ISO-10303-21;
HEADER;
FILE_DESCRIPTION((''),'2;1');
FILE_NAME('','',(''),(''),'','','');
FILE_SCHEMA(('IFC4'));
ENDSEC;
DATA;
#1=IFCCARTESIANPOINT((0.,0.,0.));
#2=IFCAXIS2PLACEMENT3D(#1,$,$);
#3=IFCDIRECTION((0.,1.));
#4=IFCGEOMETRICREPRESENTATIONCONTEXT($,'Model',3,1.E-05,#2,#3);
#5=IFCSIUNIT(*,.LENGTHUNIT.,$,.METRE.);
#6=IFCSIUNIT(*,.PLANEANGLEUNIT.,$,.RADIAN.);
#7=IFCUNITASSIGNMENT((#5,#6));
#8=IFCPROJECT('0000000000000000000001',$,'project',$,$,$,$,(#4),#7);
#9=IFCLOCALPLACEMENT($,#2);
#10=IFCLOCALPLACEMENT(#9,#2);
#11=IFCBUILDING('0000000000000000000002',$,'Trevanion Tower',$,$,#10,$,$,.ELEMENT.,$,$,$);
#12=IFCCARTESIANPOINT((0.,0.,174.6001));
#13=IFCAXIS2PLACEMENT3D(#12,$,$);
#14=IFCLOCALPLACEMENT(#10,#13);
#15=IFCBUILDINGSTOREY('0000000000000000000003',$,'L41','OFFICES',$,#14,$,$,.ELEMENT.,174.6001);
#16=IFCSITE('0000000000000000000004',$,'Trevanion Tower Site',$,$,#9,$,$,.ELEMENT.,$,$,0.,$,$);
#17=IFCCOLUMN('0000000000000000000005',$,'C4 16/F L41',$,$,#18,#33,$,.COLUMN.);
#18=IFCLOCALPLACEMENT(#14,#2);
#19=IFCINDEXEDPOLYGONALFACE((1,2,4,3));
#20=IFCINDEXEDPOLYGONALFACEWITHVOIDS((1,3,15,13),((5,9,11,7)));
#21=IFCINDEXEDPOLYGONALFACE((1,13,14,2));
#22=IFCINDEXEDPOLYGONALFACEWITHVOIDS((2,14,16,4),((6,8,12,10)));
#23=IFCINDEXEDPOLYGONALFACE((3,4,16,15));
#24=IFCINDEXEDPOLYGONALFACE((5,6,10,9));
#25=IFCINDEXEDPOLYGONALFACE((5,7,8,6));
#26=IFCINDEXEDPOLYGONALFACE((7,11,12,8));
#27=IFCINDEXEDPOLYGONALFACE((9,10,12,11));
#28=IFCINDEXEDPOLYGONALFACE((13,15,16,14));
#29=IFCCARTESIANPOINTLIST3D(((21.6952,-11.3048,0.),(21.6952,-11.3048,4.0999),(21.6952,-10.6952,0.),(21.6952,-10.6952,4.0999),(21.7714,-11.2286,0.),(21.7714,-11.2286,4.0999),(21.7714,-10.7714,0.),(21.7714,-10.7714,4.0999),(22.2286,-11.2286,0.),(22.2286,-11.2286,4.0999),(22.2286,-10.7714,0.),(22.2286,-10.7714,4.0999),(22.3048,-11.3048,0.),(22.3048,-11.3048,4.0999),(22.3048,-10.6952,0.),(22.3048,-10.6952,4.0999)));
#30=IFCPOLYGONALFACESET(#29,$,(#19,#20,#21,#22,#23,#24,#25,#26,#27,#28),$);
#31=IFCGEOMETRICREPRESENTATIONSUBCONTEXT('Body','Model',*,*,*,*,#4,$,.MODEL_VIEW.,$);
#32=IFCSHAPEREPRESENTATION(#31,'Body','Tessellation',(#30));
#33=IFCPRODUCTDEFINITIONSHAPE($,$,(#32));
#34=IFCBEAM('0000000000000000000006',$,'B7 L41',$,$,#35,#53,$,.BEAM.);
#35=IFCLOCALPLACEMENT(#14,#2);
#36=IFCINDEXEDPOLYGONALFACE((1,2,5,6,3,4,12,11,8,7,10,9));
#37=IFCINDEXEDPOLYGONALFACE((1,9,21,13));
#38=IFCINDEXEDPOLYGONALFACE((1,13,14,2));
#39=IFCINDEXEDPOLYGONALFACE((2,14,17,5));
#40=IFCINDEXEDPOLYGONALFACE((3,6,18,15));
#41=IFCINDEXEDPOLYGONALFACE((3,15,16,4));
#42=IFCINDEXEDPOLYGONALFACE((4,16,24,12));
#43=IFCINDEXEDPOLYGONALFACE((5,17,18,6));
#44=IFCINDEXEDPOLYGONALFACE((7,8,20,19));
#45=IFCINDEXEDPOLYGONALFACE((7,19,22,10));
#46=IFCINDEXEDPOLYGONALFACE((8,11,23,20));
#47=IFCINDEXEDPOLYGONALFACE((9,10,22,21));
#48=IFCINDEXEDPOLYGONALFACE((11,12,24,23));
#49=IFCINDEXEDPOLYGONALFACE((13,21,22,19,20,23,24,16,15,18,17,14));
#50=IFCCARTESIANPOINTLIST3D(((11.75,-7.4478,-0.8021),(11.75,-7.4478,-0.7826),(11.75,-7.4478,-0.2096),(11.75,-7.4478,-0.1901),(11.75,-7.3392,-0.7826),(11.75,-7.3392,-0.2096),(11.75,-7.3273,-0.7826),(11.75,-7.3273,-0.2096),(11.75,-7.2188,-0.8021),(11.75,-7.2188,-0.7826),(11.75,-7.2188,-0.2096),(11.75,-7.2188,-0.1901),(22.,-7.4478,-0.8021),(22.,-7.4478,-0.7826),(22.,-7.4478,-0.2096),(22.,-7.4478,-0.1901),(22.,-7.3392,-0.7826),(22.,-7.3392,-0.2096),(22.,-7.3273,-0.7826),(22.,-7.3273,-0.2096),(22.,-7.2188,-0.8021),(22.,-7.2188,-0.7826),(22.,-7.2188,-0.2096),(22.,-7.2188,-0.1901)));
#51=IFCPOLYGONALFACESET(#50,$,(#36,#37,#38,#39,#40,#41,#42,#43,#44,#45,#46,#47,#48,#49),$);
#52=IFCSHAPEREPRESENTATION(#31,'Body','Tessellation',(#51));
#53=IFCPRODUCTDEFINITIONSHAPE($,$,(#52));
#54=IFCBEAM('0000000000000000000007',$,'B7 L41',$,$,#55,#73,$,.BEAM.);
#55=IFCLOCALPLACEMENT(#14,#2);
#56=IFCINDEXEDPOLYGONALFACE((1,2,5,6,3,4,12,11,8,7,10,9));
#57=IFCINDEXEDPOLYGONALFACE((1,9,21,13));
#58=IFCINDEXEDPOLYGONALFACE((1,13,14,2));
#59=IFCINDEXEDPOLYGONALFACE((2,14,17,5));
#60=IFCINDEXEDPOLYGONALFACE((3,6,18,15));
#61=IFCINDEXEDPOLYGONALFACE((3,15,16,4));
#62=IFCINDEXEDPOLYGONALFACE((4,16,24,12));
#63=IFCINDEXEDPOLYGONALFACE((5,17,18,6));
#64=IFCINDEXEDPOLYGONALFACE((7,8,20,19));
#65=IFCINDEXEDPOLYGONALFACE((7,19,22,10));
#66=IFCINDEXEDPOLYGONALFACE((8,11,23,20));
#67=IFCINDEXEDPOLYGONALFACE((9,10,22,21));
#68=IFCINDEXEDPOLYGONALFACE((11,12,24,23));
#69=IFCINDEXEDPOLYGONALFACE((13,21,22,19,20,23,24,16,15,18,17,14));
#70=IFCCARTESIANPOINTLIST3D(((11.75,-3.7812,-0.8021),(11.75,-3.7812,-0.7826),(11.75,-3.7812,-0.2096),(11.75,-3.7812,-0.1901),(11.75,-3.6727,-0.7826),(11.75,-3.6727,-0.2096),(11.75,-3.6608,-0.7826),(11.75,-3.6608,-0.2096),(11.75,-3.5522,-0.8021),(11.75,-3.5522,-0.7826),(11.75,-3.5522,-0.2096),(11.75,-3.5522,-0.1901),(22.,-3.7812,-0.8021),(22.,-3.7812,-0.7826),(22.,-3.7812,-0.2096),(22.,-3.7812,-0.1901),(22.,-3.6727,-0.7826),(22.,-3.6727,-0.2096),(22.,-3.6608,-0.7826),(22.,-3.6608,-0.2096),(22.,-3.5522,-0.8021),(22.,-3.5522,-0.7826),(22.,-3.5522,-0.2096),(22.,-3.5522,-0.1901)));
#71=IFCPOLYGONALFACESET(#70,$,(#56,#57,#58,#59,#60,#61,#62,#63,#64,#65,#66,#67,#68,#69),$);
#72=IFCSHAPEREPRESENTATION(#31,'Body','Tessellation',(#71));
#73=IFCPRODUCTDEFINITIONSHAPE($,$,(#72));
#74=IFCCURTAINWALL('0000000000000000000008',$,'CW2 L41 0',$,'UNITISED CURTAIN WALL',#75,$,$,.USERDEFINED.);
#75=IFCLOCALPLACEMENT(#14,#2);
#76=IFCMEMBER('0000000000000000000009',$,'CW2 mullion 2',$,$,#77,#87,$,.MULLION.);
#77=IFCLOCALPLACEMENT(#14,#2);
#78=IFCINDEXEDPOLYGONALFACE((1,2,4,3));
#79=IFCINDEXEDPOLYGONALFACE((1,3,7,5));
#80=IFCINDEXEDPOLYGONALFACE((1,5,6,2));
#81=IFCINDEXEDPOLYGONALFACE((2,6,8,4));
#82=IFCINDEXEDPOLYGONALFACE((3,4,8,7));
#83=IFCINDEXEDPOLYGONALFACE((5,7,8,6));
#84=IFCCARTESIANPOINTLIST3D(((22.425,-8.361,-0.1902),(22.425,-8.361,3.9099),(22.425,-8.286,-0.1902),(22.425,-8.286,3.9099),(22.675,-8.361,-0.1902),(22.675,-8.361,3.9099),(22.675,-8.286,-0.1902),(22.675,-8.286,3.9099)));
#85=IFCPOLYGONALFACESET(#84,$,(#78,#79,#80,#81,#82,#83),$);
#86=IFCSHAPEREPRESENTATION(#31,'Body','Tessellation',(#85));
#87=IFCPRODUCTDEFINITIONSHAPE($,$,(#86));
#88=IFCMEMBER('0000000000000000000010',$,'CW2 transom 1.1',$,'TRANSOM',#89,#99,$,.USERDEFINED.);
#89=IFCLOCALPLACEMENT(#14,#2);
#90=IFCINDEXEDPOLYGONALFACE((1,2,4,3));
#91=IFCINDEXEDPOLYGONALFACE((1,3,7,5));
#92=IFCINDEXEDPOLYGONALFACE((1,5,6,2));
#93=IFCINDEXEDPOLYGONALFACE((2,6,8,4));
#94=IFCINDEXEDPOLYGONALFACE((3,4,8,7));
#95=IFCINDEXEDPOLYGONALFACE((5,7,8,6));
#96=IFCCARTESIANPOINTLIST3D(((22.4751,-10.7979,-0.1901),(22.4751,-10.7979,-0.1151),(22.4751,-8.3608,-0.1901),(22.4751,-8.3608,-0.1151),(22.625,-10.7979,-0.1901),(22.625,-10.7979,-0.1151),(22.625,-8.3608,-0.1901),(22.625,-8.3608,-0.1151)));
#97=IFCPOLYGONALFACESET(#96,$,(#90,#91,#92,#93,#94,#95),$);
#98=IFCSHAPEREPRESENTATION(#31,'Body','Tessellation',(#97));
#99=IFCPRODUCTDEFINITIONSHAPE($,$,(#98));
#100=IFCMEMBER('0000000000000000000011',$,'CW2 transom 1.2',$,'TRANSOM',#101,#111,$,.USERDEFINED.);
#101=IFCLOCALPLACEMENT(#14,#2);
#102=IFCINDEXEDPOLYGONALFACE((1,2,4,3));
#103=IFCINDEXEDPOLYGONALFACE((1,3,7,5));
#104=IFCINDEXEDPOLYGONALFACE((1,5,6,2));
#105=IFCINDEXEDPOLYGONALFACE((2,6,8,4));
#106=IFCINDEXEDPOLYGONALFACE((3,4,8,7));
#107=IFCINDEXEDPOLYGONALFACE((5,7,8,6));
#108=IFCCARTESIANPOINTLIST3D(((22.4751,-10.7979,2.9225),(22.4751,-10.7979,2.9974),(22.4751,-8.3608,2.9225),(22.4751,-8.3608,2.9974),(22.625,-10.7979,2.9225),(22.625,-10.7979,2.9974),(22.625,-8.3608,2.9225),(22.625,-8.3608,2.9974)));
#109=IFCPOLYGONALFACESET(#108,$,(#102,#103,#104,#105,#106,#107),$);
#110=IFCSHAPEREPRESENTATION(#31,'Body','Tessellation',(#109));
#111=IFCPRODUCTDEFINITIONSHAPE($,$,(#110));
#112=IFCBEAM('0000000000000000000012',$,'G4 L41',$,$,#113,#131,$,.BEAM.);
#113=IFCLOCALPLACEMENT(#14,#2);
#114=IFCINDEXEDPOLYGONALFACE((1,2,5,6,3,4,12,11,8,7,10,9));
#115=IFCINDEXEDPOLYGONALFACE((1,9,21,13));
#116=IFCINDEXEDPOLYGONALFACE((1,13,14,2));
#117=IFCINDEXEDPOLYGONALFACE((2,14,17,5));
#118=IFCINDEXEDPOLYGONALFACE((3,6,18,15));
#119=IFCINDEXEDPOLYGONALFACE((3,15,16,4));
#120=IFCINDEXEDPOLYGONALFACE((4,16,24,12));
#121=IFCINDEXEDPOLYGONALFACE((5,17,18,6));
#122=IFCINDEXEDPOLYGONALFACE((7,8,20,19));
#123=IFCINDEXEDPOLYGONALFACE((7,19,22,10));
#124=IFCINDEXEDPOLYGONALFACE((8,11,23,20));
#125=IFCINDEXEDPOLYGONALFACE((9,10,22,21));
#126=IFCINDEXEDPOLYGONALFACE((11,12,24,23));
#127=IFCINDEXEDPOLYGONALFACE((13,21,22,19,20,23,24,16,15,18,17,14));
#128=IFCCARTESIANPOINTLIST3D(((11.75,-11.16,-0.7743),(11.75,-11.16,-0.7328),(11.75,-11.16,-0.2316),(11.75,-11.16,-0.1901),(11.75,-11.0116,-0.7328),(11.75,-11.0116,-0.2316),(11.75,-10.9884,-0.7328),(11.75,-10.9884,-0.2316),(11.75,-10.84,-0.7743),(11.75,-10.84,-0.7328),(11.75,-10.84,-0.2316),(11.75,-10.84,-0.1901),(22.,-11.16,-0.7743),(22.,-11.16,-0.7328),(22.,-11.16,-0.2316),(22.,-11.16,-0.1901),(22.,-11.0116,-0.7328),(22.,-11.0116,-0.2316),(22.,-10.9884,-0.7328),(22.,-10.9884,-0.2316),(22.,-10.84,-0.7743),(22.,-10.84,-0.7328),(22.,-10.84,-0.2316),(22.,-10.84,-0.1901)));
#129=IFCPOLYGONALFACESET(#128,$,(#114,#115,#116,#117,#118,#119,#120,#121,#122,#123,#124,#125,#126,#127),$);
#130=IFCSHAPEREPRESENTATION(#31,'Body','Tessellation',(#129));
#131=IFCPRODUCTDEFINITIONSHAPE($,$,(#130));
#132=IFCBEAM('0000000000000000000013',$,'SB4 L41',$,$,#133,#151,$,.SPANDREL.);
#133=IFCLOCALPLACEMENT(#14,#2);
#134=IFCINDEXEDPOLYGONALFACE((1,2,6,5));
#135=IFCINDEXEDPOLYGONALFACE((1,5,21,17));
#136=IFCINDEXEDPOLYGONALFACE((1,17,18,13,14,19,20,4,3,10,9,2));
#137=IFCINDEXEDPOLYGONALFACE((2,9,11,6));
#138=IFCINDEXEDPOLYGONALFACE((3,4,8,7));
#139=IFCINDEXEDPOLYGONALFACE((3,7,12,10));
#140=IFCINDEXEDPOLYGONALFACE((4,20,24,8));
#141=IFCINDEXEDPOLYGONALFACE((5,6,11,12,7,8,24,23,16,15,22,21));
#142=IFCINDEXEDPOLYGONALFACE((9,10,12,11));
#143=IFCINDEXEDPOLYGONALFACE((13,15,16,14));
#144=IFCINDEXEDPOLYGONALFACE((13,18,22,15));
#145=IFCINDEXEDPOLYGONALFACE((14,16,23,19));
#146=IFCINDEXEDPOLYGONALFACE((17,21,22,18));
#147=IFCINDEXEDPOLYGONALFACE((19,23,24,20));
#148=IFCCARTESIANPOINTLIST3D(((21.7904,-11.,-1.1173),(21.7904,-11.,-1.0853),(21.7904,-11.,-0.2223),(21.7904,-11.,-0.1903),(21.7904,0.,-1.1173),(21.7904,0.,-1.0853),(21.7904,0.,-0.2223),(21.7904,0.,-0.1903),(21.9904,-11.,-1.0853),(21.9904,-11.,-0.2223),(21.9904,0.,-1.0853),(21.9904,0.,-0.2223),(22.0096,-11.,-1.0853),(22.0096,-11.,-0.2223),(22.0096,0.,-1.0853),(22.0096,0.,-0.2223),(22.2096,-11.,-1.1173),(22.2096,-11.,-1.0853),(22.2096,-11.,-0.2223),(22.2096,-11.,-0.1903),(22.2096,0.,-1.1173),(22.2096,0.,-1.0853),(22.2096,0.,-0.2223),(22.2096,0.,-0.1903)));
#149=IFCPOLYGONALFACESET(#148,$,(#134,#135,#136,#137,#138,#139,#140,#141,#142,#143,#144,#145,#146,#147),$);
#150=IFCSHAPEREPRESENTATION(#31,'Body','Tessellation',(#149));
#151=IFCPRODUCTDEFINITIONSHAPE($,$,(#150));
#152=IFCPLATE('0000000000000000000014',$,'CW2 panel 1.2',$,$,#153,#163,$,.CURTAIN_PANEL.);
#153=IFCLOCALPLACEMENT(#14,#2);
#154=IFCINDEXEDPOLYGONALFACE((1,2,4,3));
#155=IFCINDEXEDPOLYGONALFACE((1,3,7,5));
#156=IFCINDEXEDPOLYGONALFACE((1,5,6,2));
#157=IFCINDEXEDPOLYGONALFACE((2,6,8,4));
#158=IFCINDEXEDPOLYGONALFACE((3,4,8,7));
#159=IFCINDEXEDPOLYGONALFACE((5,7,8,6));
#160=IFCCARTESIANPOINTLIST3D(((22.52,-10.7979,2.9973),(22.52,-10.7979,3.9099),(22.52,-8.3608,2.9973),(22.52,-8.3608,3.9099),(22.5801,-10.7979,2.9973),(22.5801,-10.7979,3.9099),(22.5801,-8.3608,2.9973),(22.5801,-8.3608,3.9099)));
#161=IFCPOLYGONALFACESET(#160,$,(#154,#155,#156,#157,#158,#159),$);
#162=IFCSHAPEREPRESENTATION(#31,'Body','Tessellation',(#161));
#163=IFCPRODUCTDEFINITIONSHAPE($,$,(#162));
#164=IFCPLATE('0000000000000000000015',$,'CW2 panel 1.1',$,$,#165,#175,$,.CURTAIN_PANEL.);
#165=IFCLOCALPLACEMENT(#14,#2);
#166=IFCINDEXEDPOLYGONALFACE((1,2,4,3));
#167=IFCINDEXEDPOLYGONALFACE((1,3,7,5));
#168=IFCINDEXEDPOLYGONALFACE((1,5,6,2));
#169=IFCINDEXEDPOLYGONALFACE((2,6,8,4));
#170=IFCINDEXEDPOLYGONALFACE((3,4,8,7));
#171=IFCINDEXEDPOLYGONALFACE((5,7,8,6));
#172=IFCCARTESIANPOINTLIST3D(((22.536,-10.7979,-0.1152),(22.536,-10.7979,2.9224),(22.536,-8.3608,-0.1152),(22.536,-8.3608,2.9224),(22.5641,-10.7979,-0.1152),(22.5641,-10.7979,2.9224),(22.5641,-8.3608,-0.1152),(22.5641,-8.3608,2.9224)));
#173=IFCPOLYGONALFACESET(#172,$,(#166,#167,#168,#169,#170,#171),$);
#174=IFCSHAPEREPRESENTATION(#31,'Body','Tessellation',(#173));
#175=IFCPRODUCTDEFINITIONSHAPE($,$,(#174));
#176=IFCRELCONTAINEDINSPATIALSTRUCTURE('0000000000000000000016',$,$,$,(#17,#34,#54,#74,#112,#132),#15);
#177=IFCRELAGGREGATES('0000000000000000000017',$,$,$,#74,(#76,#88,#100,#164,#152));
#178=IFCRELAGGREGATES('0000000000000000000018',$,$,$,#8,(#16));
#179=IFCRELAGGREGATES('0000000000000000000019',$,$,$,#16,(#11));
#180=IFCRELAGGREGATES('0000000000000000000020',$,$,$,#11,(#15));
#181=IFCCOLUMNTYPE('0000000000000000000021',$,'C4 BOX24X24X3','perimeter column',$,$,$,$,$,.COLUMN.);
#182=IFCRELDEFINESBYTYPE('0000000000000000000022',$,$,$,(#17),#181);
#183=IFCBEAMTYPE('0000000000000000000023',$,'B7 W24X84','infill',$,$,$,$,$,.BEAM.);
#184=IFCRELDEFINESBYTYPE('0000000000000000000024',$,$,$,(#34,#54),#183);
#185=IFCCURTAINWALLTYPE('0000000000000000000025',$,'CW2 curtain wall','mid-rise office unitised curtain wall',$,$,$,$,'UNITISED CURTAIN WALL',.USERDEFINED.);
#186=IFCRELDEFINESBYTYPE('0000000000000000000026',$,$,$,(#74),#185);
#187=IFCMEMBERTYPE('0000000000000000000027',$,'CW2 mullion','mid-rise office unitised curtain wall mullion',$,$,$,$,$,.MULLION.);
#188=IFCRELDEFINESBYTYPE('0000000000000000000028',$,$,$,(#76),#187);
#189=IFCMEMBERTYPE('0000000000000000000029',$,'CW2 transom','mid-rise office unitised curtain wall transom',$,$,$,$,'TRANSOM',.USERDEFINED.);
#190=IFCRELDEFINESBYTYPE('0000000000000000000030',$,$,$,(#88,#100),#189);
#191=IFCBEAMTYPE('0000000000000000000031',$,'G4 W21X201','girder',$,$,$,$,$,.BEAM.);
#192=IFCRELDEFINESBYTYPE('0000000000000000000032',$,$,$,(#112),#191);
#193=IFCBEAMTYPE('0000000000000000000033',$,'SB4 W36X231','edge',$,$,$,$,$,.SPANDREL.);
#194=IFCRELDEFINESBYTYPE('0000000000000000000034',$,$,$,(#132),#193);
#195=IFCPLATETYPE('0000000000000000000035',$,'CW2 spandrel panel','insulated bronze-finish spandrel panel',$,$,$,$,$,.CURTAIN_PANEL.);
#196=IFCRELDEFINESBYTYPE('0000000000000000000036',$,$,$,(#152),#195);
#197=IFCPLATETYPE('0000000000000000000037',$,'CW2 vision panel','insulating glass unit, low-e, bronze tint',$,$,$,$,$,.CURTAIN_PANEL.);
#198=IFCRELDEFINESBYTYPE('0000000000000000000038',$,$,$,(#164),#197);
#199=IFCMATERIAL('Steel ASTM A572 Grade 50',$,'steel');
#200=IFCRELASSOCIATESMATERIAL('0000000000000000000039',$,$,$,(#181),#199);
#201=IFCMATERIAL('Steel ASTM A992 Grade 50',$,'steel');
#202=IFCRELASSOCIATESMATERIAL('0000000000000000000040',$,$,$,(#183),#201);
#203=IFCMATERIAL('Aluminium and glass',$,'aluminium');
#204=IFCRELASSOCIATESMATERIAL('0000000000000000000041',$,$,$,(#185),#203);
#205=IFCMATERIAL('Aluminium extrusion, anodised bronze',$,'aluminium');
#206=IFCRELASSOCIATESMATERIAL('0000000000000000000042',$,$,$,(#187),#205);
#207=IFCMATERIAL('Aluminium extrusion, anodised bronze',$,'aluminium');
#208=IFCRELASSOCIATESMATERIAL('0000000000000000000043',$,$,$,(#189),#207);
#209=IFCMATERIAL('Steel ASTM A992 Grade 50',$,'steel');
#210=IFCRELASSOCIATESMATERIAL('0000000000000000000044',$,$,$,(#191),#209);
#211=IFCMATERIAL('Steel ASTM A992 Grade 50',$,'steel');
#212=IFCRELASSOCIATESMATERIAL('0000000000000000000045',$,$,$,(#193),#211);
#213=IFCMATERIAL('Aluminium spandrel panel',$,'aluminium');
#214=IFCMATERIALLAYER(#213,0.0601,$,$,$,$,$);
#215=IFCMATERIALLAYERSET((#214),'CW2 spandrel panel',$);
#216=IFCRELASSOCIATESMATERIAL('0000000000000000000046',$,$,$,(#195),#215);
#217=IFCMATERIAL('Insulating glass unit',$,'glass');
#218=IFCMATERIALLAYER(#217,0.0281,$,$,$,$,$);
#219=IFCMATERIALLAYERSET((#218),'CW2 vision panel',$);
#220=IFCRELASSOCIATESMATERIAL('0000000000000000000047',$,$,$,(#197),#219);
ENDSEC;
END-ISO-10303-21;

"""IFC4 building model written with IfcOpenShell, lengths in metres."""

from ifc_helpers import new_model, si_unit, direction, frame, origin, origin_2d, place, context, subcontext, project, spatial, rectangle, hollow_rectangle, i_section, extrude, material, layer, layer_set, material_profile, profile_set, type_object, element, aggregate, save


model = new_model("IFC4")

# Units and contexts
model_context = context("Model", 3, precision=1e-05, world=origin(), true_north=direction((0.0, 1.0)))
body_context = subcontext(model_context, "Body", "Model", "MODEL_VIEW")
ifc_project = project(units=[si_unit("LENGTHUNIT", "METRE"), si_unit("PLANEANGLEUNIT", "RADIAN")], contexts=[model_context])

# Site, building, storey
site_placement = place(None, origin())
site = spatial("IfcSite", under=ifc_project, at=site_placement, Name="Trevanion Tower Site", CompositionType="ELEMENT", RefElevation=0.0)
building_placement = place(site_placement, origin())
building = spatial("IfcBuilding", under=site, at=building_placement, Name="Trevanion Tower", CompositionType="ELEMENT")
storey_placement = place(building_placement, frame((0.0, 0.0, 174.6001)))
storey = spatial("IfcBuildingStorey", under=building, at=storey_placement, Name="L41", Description="OFFICES", CompositionType="ELEMENT", Elevation=174.6001)

# Column
ifc_material_1 = material(Name="Steel ASTM A572 Grade 50", Category="steel")
ifc_material_profile_1 = material_profile(ifc_material_1, hollow_rectangle(XDim=0.6096, YDim=0.6096, WallThickness=0.0762, at=origin_2d()), Name="BOX24X24X3")
ifc_profile_set_1 = profile_set([ifc_material_profile_1], Name="Steel ASTM A572 Grade 50")
column_type = type_object("IfcColumnType", Name="C4 BOX24X24X3", Description="perimeter column", PredefinedType="COLUMN", material=ifc_profile_set_1)
column_placement = place(storey_placement, frame((22.0, -11.0, 0.0), z_axis=(0.0, 0.0, 1.0), x_axis=(0.0, 1.0, 0.0)))
element("IfcColumn", 1, at=column_placement, inside=storey, type_object=column_type, Name="C4 16/F L41", PredefinedType="COLUMN", context=body_context, shape_type="SweptSolid", body=[
    extrude(hollow_rectangle(XDim=0.6096, YDim=0.6096, WallThickness=0.0762, at=origin_2d()), origin(), (0.0, 0.0, 1.0), 4.0999),
])

# Beams
ifc_material_2 = material(Name="Steel ASTM A992 Grade 50", Category="steel")
ifc_material_profile_2 = material_profile(ifc_material_2, i_section(OverallWidth=0.229, OverallDepth=0.6121, WebThickness=0.012, FlangeThickness=0.0195, at=origin_2d()), Name="W24X84")
ifc_profile_set_2 = profile_set([ifc_material_profile_2], Name="Steel ASTM A992 Grade 50")
beam_type_1 = type_object("IfcBeamType", Name="B7 W24X84", Description="infill", PredefinedType="BEAM", material=ifc_profile_set_2)
for number, where, z_axis, x_axis, name in (
    (2, (11.75, -7.3333, -0.4961), (1.0, 0.0, 0.0), (0.0, 1.0, 0.0), "B7 L41"),
    (3, (11.75, -3.6667, -0.4961), (1.0, 0.0, 0.0), (0.0, 1.0, 0.0), "B7 L41"),
):
    element("IfcBeam", number, at=place(storey_placement, frame(where, z_axis=z_axis, x_axis=x_axis)), inside=storey, type_object=beam_type_1, Name=name, PredefinedType="BEAM", context=body_context, shape_type="SweptSolid", body=[
        extrude(i_section(OverallWidth=0.229, OverallDepth=0.6121, WebThickness=0.012, FlangeThickness=0.0195, at=origin_2d()), origin(), (0.0, 0.0, 1.0), 10.25),
    ])

# Curtain wall, members
ifc_material_3 = material(Name="Aluminium and glass", Category="aluminium")
curtain_wall_type = type_object("IfcCurtainWallType", Name="CW2 curtain wall", Description="mid-rise office unitised curtain wall", ElementType="UNITISED CURTAIN WALL", PredefinedType="USERDEFINED", material=ifc_material_3)
curtain_wall_placement = place(storey_placement, origin())
curtain_wall = element("IfcCurtainWall", 4, at=curtain_wall_placement, inside=storey, type_object=curtain_wall_type, Name="CW2 L41 0", ObjectType="UNITISED CURTAIN WALL", PredefinedType="USERDEFINED")
ifc_material_4 = material(Name="Aluminium extrusion, anodised bronze", Category="aluminium")
ifc_material_profile_3 = material_profile(ifc_material_4, rectangle(XDim=0.075, YDim=0.25, at=origin_2d()), Name="CW2 mullion")
ifc_profile_set_3 = profile_set([ifc_material_profile_3], Name="Aluminium extrusion, anodised bronze")
member_type_1 = type_object("IfcMemberType", Name="CW2 mullion", Description="mid-rise office unitised curtain wall mullion", PredefinedType="MULLION", material=ifc_profile_set_3)
member_1_placement = place(storey_placement, frame((22.55, -8.3235, -0.1902), z_axis=(0.0, 0.0, 1.0), x_axis=(0.0, 1.0, 0.0)))
member_1 = element("IfcMember", 5, at=member_1_placement, type_object=member_type_1, Name="CW2 mullion 2", PredefinedType="MULLION", context=body_context, shape_type="SweptSolid", body=[
    extrude(rectangle(XDim=0.075, YDim=0.25, at=origin_2d()), origin(), (0.0, 0.0, 1.0), 4.1001),
])
ifc_material_5 = material(Name="Aluminium extrusion, anodised bronze", Category="aluminium")
ifc_material_profile_4 = material_profile(ifc_material_5, rectangle(XDim=0.1499, YDim=0.075, at=origin_2d()), Name="CW2 transom")
ifc_profile_set_4 = profile_set([ifc_material_profile_4], Name="Aluminium extrusion, anodised bronze")
member_type_2 = type_object("IfcMemberType", Name="CW2 transom", Description="mid-rise office unitised curtain wall transom", ElementType="TRANSOM", PredefinedType="USERDEFINED", material=ifc_profile_set_4)
member_2_placement = place(storey_placement, frame((22.55, -10.7979, -0.1526), z_axis=(0.0, 1.0, 0.0), x_axis=(-1.0, 0.0, 0.0)))
member_2 = element("IfcMember", 6, at=member_2_placement, type_object=member_type_2, Name="CW2 transom 1.1", ObjectType="TRANSOM", PredefinedType="USERDEFINED", context=body_context, shape_type="SweptSolid", body=[
    extrude(rectangle(XDim=0.1499, YDim=0.075, at=origin_2d()), origin(), (0.0, 0.0, 1.0), 2.437),
])
member_3_placement = place(storey_placement, frame((22.55, -10.7979, 2.96), z_axis=(0.0, 1.0, 0.0), x_axis=(-1.0, 0.0, 0.0)))
member_3 = element("IfcMember", 7, at=member_3_placement, type_object=member_type_2, Name="CW2 transom 1.2", ObjectType="TRANSOM", PredefinedType="USERDEFINED", context=body_context, shape_type="SweptSolid", body=[
    extrude(rectangle(XDim=0.1499, YDim=0.075, at=origin_2d()), origin(), (0.0, 0.0, 1.0), 2.437),
])

# Beams
ifc_material_6 = material(Name="Steel ASTM A992 Grade 50", Category="steel")
ifc_material_profile_5 = material_profile(ifc_material_6, i_section(OverallWidth=0.3201, OverallDepth=0.5842, WebThickness=0.0232, FlangeThickness=0.0415, at=origin_2d()), Name="W21X201")
ifc_profile_set_5 = profile_set([ifc_material_profile_5], Name="Steel ASTM A992 Grade 50")
beam_type_2 = type_object("IfcBeamType", Name="G4 W21X201", Description="girder", PredefinedType="BEAM", material=ifc_profile_set_5)
beam_1_placement = place(storey_placement, frame((11.75, -11.0, -0.4822), z_axis=(1.0, 0.0, 0.0), x_axis=(0.0, 1.0, 0.0)))
element("IfcBeam", 8, at=beam_1_placement, inside=storey, type_object=beam_type_2, Name="G4 L41", PredefinedType="BEAM", context=body_context, shape_type="SweptSolid", body=[
    extrude(i_section(OverallWidth=0.3201, OverallDepth=0.5842, WebThickness=0.0232, FlangeThickness=0.0415, at=origin_2d()), origin(), (0.0, 0.0, 1.0), 10.25),
])
ifc_material_7 = material(Name="Steel ASTM A992 Grade 50", Category="steel")
ifc_material_profile_6 = material_profile(ifc_material_7, i_section(OverallWidth=0.4192, OverallDepth=0.927, WebThickness=0.0193, FlangeThickness=0.032, at=origin_2d()), Name="W36X231")
ifc_profile_set_6 = profile_set([ifc_material_profile_6], Name="Steel ASTM A992 Grade 50")
beam_type_3 = type_object("IfcBeamType", Name="SB4 W36X231", Description="edge", PredefinedType="SPANDREL", material=ifc_profile_set_6)
beam_2_placement = place(storey_placement, frame((22.0, -11.0, -0.6538), z_axis=(0.0, 1.0, 0.0), x_axis=(-1.0, 0.0, 0.0)))
element("IfcBeam", 9, at=beam_2_placement, inside=storey, type_object=beam_type_3, Name="SB4 L41", PredefinedType="SPANDREL", context=body_context, shape_type="SweptSolid", body=[
    extrude(i_section(OverallWidth=0.4192, OverallDepth=0.927, WebThickness=0.0193, FlangeThickness=0.032, at=origin_2d()), origin(), (0.0, 0.0, 1.0), 11.0),
])

# Plates
ifc_material_8 = material(Name="Aluminium spandrel panel", Category="aluminium")
ifc_layer_1 = layer(ifc_material_8, 0.0601)
ifc_layer_set_1 = layer_set([ifc_layer_1], Name="CW2 spandrel panel")
plate_type_1 = type_object("IfcPlateType", Name="CW2 spandrel panel", Description="insulated bronze-finish spandrel panel", PredefinedType="CURTAIN_PANEL", material=ifc_layer_set_1)
plate_1_placement = place(storey_placement, frame((22.55, -9.5793, 2.9973), z_axis=(0.0, 0.0, 1.0), x_axis=(0.0, 1.0, 0.0)))
plate_1 = element("IfcPlate", 10, at=plate_1_placement, type_object=plate_type_1, Name="CW2 panel 1.2", PredefinedType="CURTAIN_PANEL", context=body_context, shape_type="SweptSolid", body=[
    extrude(rectangle(XDim=2.437, YDim=0.0601, at=origin_2d()), origin(), (0.0, 0.0, 1.0), 0.9126),
])
ifc_material_9 = material(Name="Insulating glass unit", Category="glass")
ifc_layer_2 = layer(ifc_material_9, 0.0281)
ifc_layer_set_2 = layer_set([ifc_layer_2], Name="CW2 vision panel")
plate_type_2 = type_object("IfcPlateType", Name="CW2 vision panel", Description="insulating glass unit, low-e, bronze tint", PredefinedType="CURTAIN_PANEL", material=ifc_layer_set_2)
plate_2_placement = place(storey_placement, frame((22.55, -9.5793, -0.1152), z_axis=(0.0, 0.0, 1.0), x_axis=(0.0, 1.0, 0.0)))
plate_2 = element("IfcPlate", 11, at=plate_2_placement, type_object=plate_type_2, Name="CW2 panel 1.1", PredefinedType="CURTAIN_PANEL", context=body_context, shape_type="SweptSolid", body=[
    extrude(rectangle(XDim=2.437, YDim=0.0281, at=origin_2d()), origin(), (0.0, 0.0, 1.0), 3.0376),
])
aggregate(curtain_wall, [member_1, member_2, member_3, plate_2, plate_1])

save(model, "model.ifc")
